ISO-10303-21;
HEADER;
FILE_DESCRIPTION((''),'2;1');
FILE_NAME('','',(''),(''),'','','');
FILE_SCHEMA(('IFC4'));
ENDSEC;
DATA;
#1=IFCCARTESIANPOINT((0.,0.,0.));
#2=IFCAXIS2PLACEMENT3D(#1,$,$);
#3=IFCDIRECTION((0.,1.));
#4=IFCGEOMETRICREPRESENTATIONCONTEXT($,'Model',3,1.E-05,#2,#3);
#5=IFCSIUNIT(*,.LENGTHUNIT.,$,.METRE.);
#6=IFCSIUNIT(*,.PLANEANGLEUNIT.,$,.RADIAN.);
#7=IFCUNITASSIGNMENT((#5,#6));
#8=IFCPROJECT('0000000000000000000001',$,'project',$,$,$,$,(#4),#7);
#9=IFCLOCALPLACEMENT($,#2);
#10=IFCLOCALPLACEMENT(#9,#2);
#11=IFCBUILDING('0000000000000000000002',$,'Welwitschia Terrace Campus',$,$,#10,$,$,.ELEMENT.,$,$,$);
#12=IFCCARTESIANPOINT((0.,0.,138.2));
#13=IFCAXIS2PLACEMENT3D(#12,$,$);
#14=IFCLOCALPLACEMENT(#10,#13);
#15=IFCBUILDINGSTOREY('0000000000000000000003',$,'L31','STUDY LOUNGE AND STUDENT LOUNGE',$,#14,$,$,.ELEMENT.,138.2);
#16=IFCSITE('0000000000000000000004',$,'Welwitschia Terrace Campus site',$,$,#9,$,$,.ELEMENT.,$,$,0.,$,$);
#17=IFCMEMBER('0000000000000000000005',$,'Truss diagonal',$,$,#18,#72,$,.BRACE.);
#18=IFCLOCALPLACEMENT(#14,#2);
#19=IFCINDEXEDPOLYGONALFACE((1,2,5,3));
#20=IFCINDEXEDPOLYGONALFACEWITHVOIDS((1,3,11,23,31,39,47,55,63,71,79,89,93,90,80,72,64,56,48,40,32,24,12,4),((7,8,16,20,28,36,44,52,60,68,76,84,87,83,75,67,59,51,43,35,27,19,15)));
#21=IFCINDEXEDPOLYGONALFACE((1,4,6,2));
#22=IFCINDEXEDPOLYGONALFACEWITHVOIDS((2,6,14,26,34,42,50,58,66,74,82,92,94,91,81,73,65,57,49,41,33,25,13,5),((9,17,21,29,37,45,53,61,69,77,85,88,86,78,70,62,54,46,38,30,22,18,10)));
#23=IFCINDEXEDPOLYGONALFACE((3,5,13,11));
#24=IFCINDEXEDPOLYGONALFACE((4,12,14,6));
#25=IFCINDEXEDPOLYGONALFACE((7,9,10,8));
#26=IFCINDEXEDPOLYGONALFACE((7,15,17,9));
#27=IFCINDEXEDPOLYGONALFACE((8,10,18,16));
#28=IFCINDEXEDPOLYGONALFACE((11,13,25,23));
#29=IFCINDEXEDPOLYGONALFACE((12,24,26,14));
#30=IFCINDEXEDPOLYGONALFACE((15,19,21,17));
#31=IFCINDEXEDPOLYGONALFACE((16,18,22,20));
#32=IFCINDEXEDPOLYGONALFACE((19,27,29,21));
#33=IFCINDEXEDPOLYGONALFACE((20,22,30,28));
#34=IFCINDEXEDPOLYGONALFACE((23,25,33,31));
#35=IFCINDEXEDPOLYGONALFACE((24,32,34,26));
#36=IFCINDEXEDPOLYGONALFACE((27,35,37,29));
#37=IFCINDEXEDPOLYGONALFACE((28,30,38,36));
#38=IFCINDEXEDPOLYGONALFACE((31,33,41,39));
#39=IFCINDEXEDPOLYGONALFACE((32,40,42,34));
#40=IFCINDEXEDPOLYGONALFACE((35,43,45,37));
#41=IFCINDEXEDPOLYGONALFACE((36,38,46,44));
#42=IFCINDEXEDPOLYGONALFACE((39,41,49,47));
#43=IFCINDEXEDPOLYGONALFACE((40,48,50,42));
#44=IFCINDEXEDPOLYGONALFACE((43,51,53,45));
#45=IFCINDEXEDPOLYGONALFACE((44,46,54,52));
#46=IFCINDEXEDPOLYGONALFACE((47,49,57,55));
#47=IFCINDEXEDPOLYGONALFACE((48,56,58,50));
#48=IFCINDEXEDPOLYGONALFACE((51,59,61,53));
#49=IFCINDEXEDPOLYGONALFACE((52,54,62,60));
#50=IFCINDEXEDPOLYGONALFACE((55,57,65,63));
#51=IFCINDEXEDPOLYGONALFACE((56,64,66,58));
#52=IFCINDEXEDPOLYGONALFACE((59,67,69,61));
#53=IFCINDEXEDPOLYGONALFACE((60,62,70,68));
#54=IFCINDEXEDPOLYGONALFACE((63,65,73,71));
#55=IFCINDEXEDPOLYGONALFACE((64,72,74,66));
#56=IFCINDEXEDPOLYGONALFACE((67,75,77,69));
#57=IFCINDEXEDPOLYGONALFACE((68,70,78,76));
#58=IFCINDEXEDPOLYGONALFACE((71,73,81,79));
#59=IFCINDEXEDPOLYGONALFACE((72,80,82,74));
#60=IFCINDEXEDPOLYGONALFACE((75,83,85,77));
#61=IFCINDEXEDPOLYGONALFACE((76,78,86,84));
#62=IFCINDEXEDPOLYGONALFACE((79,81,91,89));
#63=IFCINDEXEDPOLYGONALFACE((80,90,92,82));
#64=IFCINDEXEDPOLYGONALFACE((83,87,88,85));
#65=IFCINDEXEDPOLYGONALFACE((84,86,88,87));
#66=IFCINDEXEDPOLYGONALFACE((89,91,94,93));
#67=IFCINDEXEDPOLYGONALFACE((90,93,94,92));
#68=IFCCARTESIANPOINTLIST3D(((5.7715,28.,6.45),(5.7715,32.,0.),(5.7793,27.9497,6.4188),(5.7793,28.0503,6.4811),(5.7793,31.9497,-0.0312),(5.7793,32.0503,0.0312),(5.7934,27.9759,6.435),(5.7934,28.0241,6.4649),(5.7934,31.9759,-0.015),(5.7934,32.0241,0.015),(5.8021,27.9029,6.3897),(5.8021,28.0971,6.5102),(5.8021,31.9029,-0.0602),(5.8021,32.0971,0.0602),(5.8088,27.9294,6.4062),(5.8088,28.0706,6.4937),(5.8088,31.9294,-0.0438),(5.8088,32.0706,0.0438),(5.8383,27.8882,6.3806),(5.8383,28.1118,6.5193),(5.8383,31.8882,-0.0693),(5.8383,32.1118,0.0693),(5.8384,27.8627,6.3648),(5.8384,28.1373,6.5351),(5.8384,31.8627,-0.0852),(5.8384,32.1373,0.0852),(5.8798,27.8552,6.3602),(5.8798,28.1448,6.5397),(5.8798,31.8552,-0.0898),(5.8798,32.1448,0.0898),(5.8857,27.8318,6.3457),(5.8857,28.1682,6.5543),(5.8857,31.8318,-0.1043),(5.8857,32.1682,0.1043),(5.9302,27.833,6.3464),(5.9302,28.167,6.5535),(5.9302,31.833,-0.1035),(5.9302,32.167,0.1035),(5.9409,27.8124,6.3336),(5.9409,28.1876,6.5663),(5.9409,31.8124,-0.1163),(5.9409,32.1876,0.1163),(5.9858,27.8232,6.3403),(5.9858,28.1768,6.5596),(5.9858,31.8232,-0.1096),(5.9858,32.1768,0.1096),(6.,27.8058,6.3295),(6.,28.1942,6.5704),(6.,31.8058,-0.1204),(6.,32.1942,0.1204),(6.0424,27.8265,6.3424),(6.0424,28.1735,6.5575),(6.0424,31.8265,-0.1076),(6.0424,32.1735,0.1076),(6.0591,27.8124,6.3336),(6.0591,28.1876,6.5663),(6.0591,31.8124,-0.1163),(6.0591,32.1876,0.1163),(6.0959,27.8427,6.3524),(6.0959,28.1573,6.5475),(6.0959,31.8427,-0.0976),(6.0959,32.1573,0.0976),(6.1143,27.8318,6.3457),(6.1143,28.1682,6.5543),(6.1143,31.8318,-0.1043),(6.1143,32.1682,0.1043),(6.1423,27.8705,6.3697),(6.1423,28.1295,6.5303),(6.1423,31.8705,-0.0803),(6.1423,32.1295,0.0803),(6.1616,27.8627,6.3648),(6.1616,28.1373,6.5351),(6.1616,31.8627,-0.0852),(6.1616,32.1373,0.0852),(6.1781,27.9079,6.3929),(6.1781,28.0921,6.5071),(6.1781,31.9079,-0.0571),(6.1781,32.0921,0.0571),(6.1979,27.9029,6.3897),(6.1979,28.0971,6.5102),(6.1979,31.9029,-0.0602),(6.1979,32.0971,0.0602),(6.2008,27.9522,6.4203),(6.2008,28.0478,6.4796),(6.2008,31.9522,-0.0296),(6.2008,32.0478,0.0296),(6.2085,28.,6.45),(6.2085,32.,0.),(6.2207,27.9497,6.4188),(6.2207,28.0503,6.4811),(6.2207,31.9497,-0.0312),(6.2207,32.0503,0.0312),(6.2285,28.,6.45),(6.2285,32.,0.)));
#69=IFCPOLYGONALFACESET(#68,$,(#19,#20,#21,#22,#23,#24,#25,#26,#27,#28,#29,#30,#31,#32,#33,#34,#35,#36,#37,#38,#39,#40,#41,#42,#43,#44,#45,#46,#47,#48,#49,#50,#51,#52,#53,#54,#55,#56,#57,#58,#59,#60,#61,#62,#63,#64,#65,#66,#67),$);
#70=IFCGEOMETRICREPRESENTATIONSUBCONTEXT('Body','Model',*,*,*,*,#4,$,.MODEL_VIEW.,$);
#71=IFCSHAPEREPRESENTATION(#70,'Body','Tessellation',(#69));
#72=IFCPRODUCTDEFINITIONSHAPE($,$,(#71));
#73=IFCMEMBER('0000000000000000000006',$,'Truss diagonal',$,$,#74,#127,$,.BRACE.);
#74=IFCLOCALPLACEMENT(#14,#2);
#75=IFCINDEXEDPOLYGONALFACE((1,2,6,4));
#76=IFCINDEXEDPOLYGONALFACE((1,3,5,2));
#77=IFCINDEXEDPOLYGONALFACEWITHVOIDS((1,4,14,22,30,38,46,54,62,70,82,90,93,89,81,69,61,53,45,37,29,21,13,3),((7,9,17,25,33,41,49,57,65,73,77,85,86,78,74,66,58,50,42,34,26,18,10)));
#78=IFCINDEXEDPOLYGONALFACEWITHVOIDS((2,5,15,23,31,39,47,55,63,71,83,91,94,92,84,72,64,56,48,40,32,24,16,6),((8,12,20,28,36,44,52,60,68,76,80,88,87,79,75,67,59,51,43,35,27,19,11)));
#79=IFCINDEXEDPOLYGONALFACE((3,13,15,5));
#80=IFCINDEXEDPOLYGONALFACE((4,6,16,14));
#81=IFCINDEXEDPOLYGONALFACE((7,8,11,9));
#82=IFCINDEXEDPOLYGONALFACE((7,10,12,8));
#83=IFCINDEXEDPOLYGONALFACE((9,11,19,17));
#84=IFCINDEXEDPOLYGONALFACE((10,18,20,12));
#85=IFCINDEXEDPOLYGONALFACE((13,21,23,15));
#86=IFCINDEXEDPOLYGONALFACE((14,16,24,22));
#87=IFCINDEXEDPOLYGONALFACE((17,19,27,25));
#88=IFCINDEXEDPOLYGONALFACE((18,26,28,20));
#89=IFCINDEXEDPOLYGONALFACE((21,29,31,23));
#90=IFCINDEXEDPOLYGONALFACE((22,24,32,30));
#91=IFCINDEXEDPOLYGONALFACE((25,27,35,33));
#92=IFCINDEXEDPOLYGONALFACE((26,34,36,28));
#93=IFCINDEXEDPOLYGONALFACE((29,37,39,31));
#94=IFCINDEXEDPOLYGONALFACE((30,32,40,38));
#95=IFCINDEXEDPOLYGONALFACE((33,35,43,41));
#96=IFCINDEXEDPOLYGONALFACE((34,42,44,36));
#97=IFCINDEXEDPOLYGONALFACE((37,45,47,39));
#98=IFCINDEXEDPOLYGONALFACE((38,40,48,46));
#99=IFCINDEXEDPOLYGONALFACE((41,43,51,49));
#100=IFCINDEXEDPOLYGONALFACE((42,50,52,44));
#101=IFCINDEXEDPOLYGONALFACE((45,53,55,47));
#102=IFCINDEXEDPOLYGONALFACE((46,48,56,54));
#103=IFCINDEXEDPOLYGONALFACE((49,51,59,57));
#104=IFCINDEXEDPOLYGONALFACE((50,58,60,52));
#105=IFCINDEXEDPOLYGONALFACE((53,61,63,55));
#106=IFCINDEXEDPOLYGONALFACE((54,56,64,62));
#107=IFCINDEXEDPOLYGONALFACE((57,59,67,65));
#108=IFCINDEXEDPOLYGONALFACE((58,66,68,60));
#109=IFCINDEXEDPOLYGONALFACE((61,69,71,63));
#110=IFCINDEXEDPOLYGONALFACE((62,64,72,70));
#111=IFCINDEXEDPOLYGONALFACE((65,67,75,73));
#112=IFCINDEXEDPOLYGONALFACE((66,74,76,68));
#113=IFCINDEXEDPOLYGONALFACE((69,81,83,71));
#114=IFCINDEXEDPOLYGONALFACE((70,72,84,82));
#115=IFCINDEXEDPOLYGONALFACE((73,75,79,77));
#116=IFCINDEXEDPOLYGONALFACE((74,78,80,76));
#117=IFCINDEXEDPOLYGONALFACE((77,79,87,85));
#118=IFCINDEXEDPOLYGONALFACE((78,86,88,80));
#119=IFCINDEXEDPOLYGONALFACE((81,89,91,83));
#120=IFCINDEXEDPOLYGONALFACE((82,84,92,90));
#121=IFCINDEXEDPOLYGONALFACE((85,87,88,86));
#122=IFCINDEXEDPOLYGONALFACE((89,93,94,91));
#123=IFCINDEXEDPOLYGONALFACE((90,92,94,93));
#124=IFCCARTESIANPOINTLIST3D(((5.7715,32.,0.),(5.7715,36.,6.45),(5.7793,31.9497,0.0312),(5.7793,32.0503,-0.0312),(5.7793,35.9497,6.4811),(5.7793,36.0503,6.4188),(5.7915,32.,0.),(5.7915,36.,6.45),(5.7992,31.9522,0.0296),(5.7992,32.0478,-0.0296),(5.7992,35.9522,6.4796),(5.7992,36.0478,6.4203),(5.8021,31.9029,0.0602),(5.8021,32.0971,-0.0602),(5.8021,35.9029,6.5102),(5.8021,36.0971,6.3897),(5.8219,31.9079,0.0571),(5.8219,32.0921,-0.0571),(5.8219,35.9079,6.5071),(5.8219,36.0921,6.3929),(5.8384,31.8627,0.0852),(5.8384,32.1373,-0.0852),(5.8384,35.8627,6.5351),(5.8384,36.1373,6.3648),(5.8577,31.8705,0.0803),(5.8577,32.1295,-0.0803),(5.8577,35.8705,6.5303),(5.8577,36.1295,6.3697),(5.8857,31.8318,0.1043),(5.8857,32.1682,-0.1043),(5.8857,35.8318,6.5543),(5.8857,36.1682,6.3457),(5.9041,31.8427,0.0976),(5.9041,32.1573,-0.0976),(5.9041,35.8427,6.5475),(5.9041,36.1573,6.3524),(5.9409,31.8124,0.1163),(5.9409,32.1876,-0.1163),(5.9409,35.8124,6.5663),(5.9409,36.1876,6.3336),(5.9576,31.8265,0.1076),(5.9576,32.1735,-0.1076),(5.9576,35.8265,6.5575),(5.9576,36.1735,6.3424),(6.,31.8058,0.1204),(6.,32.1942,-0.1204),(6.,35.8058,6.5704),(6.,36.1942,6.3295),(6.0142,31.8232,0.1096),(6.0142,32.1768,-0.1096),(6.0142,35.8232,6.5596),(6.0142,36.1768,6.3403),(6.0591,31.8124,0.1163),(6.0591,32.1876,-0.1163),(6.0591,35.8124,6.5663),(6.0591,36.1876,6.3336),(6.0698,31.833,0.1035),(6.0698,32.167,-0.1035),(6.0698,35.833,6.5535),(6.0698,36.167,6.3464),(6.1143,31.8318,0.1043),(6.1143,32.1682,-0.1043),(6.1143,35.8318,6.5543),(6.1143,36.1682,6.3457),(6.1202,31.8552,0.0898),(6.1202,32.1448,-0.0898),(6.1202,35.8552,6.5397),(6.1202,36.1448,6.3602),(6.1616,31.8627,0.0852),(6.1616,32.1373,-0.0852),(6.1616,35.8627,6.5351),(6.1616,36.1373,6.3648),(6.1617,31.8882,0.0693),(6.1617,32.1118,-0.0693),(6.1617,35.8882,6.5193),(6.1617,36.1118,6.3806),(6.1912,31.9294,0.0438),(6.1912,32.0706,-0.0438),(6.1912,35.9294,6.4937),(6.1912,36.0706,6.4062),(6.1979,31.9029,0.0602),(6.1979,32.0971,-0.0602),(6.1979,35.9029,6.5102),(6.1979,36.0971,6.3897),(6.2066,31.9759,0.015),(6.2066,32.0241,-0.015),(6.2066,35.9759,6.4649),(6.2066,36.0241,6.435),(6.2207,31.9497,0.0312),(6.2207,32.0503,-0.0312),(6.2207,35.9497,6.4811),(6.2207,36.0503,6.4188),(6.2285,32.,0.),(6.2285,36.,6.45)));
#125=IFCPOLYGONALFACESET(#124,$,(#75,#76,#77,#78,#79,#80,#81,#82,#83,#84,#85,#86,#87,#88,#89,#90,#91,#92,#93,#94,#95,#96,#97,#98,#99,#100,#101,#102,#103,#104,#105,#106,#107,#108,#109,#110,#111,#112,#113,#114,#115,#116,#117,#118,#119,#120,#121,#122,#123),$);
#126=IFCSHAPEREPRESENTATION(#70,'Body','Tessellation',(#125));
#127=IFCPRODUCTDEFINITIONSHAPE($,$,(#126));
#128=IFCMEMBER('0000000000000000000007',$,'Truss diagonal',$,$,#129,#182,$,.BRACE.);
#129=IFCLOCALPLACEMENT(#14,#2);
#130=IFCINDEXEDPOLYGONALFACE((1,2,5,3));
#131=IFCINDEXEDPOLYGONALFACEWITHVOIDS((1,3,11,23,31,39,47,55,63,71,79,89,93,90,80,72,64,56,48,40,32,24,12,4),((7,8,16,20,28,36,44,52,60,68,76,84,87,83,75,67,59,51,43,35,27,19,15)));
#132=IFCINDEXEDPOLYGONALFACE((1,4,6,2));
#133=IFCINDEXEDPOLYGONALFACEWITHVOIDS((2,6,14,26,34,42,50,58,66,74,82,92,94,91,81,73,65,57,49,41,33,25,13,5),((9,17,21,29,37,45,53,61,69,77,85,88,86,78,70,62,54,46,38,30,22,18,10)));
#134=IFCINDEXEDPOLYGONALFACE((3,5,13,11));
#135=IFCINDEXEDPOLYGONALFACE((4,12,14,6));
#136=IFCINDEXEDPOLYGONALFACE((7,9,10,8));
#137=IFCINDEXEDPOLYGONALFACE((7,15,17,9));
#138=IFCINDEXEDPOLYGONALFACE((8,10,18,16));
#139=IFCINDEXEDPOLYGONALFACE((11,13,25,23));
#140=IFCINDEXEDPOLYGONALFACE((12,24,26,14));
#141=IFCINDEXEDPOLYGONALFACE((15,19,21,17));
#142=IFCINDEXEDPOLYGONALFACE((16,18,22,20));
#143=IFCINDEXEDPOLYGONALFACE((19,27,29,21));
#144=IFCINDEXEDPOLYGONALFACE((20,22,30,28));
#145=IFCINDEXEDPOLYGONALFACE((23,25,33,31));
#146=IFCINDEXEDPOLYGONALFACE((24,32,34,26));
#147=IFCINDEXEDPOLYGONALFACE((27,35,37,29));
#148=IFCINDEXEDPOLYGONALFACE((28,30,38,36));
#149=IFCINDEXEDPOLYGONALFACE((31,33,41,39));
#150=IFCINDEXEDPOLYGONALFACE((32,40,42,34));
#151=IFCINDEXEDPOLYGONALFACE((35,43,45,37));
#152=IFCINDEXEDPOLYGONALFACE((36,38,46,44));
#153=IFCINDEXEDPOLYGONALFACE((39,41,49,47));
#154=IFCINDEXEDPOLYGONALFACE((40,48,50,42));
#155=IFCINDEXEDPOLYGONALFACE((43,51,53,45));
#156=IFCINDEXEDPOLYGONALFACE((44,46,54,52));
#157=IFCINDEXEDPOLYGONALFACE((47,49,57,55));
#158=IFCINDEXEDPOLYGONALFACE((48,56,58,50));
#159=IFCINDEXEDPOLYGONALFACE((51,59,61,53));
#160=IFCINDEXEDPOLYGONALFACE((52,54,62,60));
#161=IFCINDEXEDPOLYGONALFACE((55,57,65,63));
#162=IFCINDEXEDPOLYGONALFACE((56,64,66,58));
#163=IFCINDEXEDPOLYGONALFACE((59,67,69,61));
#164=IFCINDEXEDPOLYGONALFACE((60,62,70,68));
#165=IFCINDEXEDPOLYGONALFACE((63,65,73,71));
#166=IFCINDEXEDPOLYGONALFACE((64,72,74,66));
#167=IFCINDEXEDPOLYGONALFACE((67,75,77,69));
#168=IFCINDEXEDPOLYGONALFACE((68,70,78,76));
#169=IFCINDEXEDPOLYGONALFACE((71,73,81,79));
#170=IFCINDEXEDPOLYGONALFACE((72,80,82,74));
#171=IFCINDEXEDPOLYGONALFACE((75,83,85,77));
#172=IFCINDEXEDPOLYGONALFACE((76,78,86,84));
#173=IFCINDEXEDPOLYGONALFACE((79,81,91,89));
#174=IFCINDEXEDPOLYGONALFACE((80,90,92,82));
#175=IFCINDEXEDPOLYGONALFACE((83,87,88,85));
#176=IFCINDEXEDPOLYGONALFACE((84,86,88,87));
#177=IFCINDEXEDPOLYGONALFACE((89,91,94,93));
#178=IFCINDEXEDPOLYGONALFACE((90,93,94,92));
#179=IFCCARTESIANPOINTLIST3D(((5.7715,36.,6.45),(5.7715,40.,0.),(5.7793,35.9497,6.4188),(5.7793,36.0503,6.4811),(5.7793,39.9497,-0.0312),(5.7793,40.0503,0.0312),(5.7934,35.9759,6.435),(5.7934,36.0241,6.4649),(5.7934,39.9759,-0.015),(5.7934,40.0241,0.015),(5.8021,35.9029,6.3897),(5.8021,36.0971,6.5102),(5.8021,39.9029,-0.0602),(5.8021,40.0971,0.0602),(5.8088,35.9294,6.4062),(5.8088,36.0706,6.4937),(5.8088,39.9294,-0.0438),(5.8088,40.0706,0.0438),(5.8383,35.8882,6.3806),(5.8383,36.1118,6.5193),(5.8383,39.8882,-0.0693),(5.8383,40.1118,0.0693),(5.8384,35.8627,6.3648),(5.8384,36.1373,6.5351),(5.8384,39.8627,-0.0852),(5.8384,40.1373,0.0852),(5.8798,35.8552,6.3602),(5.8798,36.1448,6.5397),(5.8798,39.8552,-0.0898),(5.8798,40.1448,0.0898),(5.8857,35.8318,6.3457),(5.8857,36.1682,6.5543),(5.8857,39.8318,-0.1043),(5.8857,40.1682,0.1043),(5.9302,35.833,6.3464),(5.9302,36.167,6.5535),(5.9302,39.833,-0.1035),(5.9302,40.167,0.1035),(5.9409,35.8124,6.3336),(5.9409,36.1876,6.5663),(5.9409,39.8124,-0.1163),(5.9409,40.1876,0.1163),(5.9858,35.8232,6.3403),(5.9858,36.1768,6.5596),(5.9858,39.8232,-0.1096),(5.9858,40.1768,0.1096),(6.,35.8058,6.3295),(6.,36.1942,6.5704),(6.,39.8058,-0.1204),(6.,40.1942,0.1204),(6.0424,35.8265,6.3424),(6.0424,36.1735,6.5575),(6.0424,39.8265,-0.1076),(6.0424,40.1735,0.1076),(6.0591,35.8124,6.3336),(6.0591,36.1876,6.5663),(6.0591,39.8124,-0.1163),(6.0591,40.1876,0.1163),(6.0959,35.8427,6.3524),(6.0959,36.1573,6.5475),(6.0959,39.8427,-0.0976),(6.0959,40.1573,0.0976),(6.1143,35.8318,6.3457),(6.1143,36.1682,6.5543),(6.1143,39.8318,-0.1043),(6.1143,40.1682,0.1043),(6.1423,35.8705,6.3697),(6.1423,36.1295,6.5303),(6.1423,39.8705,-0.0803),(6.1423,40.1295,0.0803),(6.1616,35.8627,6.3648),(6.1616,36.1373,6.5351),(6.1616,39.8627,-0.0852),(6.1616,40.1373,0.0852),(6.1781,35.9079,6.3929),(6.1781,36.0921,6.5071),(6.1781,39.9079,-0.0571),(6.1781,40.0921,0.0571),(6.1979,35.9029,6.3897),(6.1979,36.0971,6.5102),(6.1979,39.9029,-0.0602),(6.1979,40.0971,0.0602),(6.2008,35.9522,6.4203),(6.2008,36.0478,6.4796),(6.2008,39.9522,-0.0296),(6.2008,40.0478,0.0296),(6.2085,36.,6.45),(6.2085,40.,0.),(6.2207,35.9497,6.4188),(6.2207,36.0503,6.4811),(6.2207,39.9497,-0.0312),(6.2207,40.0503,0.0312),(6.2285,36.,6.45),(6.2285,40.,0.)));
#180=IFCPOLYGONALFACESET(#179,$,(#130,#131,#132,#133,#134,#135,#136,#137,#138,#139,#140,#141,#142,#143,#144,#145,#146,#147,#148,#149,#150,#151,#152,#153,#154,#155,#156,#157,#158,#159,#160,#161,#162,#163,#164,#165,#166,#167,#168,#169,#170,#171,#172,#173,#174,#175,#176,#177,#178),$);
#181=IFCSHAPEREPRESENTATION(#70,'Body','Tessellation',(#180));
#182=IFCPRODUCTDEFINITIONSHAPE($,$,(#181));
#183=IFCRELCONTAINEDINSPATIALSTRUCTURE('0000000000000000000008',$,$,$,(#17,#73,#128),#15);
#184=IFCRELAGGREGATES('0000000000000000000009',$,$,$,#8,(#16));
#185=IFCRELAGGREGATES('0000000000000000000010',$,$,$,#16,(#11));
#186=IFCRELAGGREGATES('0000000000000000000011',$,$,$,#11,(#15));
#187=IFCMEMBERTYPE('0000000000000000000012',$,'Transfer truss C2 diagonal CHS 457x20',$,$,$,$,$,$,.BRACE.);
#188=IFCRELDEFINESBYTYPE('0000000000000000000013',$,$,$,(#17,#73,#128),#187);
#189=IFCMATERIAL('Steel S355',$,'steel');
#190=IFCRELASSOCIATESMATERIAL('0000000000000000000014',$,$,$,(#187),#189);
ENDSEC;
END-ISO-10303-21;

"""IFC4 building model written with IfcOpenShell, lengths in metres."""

from ifc_helpers import new_model, si_unit, direction, frame, origin, origin_2d, place, context, subcontext, project, spatial, hollow_circle, extrude, material, material_profile, profile_set, type_object, element, save


model = new_model("IFC4")

# Units and contexts
model_context = context("Model", 3, precision=1e-05, world=origin(), true_north=direction((0.0, 1.0)))
body_context = subcontext(model_context, "Body", "Model", "MODEL_VIEW")
ifc_project = project(units=[si_unit("LENGTHUNIT", "METRE"), si_unit("PLANEANGLEUNIT", "RADIAN")], contexts=[model_context])

# Site, building, storey
site_placement = place(None, origin())
site = spatial("IfcSite", under=ifc_project, at=site_placement, Name="Welwitschia Terrace Campus site", CompositionType="ELEMENT", RefElevation=0.0)
building_placement = place(site_placement, origin())
building = spatial("IfcBuilding", under=site, at=building_placement, Name="Welwitschia Terrace Campus", CompositionType="ELEMENT")
storey_placement = place(building_placement, frame((0.0, 0.0, 138.2)))
storey = spatial("IfcBuildingStorey", under=building, at=storey_placement, Name="L31", Description="STUDY LOUNGE AND STUDENT LOUNGE", CompositionType="ELEMENT", Elevation=138.2)

# Members
ifc_material_1 = material(Name="Steel S355", Category="steel")
ifc_material_profile_1 = material_profile(ifc_material_1, hollow_circle(Radius=0.2285, WallThickness=0.02, at=origin_2d()))
ifc_profile_set_1 = profile_set([ifc_material_profile_1], Name="Steel S355")
member_type_1 = type_object("IfcMemberType", Name="Transfer truss C2 diagonal CHS 457x20", PredefinedType="BRACE", material=ifc_profile_set_1)
for number, where, z_axis, x_axis, name in (
    (1, (6.0, 32.0, 0.0), (0.0, -0.527038, 0.849842), (1.0, 0.0, 0.0), "Truss diagonal"),
    (2, (6.0, 32.0, 0.0), (0.0, 0.527038, 0.849842), (-1.0, 0.0, 0.0), "Truss diagonal"),
    (3, (6.0, 40.0, 0.0), (0.0, -0.527038, 0.849842), (1.0, 0.0, 0.0), "Truss diagonal"),
):
    element("IfcMember", number, at=place(storey_placement, frame(where, z_axis=z_axis, x_axis=x_axis)), inside=storey, type_object=member_type_1, Name=name, PredefinedType="BRACE", context=body_context, shape_type="SweptSolid", body=[
        extrude(hollow_circle(Radius=0.2285, WallThickness=0.02, at=origin_2d()), origin(), (0.0, 0.0, 1.0), 7.5896),
    ])

save(model, "model.ifc")
